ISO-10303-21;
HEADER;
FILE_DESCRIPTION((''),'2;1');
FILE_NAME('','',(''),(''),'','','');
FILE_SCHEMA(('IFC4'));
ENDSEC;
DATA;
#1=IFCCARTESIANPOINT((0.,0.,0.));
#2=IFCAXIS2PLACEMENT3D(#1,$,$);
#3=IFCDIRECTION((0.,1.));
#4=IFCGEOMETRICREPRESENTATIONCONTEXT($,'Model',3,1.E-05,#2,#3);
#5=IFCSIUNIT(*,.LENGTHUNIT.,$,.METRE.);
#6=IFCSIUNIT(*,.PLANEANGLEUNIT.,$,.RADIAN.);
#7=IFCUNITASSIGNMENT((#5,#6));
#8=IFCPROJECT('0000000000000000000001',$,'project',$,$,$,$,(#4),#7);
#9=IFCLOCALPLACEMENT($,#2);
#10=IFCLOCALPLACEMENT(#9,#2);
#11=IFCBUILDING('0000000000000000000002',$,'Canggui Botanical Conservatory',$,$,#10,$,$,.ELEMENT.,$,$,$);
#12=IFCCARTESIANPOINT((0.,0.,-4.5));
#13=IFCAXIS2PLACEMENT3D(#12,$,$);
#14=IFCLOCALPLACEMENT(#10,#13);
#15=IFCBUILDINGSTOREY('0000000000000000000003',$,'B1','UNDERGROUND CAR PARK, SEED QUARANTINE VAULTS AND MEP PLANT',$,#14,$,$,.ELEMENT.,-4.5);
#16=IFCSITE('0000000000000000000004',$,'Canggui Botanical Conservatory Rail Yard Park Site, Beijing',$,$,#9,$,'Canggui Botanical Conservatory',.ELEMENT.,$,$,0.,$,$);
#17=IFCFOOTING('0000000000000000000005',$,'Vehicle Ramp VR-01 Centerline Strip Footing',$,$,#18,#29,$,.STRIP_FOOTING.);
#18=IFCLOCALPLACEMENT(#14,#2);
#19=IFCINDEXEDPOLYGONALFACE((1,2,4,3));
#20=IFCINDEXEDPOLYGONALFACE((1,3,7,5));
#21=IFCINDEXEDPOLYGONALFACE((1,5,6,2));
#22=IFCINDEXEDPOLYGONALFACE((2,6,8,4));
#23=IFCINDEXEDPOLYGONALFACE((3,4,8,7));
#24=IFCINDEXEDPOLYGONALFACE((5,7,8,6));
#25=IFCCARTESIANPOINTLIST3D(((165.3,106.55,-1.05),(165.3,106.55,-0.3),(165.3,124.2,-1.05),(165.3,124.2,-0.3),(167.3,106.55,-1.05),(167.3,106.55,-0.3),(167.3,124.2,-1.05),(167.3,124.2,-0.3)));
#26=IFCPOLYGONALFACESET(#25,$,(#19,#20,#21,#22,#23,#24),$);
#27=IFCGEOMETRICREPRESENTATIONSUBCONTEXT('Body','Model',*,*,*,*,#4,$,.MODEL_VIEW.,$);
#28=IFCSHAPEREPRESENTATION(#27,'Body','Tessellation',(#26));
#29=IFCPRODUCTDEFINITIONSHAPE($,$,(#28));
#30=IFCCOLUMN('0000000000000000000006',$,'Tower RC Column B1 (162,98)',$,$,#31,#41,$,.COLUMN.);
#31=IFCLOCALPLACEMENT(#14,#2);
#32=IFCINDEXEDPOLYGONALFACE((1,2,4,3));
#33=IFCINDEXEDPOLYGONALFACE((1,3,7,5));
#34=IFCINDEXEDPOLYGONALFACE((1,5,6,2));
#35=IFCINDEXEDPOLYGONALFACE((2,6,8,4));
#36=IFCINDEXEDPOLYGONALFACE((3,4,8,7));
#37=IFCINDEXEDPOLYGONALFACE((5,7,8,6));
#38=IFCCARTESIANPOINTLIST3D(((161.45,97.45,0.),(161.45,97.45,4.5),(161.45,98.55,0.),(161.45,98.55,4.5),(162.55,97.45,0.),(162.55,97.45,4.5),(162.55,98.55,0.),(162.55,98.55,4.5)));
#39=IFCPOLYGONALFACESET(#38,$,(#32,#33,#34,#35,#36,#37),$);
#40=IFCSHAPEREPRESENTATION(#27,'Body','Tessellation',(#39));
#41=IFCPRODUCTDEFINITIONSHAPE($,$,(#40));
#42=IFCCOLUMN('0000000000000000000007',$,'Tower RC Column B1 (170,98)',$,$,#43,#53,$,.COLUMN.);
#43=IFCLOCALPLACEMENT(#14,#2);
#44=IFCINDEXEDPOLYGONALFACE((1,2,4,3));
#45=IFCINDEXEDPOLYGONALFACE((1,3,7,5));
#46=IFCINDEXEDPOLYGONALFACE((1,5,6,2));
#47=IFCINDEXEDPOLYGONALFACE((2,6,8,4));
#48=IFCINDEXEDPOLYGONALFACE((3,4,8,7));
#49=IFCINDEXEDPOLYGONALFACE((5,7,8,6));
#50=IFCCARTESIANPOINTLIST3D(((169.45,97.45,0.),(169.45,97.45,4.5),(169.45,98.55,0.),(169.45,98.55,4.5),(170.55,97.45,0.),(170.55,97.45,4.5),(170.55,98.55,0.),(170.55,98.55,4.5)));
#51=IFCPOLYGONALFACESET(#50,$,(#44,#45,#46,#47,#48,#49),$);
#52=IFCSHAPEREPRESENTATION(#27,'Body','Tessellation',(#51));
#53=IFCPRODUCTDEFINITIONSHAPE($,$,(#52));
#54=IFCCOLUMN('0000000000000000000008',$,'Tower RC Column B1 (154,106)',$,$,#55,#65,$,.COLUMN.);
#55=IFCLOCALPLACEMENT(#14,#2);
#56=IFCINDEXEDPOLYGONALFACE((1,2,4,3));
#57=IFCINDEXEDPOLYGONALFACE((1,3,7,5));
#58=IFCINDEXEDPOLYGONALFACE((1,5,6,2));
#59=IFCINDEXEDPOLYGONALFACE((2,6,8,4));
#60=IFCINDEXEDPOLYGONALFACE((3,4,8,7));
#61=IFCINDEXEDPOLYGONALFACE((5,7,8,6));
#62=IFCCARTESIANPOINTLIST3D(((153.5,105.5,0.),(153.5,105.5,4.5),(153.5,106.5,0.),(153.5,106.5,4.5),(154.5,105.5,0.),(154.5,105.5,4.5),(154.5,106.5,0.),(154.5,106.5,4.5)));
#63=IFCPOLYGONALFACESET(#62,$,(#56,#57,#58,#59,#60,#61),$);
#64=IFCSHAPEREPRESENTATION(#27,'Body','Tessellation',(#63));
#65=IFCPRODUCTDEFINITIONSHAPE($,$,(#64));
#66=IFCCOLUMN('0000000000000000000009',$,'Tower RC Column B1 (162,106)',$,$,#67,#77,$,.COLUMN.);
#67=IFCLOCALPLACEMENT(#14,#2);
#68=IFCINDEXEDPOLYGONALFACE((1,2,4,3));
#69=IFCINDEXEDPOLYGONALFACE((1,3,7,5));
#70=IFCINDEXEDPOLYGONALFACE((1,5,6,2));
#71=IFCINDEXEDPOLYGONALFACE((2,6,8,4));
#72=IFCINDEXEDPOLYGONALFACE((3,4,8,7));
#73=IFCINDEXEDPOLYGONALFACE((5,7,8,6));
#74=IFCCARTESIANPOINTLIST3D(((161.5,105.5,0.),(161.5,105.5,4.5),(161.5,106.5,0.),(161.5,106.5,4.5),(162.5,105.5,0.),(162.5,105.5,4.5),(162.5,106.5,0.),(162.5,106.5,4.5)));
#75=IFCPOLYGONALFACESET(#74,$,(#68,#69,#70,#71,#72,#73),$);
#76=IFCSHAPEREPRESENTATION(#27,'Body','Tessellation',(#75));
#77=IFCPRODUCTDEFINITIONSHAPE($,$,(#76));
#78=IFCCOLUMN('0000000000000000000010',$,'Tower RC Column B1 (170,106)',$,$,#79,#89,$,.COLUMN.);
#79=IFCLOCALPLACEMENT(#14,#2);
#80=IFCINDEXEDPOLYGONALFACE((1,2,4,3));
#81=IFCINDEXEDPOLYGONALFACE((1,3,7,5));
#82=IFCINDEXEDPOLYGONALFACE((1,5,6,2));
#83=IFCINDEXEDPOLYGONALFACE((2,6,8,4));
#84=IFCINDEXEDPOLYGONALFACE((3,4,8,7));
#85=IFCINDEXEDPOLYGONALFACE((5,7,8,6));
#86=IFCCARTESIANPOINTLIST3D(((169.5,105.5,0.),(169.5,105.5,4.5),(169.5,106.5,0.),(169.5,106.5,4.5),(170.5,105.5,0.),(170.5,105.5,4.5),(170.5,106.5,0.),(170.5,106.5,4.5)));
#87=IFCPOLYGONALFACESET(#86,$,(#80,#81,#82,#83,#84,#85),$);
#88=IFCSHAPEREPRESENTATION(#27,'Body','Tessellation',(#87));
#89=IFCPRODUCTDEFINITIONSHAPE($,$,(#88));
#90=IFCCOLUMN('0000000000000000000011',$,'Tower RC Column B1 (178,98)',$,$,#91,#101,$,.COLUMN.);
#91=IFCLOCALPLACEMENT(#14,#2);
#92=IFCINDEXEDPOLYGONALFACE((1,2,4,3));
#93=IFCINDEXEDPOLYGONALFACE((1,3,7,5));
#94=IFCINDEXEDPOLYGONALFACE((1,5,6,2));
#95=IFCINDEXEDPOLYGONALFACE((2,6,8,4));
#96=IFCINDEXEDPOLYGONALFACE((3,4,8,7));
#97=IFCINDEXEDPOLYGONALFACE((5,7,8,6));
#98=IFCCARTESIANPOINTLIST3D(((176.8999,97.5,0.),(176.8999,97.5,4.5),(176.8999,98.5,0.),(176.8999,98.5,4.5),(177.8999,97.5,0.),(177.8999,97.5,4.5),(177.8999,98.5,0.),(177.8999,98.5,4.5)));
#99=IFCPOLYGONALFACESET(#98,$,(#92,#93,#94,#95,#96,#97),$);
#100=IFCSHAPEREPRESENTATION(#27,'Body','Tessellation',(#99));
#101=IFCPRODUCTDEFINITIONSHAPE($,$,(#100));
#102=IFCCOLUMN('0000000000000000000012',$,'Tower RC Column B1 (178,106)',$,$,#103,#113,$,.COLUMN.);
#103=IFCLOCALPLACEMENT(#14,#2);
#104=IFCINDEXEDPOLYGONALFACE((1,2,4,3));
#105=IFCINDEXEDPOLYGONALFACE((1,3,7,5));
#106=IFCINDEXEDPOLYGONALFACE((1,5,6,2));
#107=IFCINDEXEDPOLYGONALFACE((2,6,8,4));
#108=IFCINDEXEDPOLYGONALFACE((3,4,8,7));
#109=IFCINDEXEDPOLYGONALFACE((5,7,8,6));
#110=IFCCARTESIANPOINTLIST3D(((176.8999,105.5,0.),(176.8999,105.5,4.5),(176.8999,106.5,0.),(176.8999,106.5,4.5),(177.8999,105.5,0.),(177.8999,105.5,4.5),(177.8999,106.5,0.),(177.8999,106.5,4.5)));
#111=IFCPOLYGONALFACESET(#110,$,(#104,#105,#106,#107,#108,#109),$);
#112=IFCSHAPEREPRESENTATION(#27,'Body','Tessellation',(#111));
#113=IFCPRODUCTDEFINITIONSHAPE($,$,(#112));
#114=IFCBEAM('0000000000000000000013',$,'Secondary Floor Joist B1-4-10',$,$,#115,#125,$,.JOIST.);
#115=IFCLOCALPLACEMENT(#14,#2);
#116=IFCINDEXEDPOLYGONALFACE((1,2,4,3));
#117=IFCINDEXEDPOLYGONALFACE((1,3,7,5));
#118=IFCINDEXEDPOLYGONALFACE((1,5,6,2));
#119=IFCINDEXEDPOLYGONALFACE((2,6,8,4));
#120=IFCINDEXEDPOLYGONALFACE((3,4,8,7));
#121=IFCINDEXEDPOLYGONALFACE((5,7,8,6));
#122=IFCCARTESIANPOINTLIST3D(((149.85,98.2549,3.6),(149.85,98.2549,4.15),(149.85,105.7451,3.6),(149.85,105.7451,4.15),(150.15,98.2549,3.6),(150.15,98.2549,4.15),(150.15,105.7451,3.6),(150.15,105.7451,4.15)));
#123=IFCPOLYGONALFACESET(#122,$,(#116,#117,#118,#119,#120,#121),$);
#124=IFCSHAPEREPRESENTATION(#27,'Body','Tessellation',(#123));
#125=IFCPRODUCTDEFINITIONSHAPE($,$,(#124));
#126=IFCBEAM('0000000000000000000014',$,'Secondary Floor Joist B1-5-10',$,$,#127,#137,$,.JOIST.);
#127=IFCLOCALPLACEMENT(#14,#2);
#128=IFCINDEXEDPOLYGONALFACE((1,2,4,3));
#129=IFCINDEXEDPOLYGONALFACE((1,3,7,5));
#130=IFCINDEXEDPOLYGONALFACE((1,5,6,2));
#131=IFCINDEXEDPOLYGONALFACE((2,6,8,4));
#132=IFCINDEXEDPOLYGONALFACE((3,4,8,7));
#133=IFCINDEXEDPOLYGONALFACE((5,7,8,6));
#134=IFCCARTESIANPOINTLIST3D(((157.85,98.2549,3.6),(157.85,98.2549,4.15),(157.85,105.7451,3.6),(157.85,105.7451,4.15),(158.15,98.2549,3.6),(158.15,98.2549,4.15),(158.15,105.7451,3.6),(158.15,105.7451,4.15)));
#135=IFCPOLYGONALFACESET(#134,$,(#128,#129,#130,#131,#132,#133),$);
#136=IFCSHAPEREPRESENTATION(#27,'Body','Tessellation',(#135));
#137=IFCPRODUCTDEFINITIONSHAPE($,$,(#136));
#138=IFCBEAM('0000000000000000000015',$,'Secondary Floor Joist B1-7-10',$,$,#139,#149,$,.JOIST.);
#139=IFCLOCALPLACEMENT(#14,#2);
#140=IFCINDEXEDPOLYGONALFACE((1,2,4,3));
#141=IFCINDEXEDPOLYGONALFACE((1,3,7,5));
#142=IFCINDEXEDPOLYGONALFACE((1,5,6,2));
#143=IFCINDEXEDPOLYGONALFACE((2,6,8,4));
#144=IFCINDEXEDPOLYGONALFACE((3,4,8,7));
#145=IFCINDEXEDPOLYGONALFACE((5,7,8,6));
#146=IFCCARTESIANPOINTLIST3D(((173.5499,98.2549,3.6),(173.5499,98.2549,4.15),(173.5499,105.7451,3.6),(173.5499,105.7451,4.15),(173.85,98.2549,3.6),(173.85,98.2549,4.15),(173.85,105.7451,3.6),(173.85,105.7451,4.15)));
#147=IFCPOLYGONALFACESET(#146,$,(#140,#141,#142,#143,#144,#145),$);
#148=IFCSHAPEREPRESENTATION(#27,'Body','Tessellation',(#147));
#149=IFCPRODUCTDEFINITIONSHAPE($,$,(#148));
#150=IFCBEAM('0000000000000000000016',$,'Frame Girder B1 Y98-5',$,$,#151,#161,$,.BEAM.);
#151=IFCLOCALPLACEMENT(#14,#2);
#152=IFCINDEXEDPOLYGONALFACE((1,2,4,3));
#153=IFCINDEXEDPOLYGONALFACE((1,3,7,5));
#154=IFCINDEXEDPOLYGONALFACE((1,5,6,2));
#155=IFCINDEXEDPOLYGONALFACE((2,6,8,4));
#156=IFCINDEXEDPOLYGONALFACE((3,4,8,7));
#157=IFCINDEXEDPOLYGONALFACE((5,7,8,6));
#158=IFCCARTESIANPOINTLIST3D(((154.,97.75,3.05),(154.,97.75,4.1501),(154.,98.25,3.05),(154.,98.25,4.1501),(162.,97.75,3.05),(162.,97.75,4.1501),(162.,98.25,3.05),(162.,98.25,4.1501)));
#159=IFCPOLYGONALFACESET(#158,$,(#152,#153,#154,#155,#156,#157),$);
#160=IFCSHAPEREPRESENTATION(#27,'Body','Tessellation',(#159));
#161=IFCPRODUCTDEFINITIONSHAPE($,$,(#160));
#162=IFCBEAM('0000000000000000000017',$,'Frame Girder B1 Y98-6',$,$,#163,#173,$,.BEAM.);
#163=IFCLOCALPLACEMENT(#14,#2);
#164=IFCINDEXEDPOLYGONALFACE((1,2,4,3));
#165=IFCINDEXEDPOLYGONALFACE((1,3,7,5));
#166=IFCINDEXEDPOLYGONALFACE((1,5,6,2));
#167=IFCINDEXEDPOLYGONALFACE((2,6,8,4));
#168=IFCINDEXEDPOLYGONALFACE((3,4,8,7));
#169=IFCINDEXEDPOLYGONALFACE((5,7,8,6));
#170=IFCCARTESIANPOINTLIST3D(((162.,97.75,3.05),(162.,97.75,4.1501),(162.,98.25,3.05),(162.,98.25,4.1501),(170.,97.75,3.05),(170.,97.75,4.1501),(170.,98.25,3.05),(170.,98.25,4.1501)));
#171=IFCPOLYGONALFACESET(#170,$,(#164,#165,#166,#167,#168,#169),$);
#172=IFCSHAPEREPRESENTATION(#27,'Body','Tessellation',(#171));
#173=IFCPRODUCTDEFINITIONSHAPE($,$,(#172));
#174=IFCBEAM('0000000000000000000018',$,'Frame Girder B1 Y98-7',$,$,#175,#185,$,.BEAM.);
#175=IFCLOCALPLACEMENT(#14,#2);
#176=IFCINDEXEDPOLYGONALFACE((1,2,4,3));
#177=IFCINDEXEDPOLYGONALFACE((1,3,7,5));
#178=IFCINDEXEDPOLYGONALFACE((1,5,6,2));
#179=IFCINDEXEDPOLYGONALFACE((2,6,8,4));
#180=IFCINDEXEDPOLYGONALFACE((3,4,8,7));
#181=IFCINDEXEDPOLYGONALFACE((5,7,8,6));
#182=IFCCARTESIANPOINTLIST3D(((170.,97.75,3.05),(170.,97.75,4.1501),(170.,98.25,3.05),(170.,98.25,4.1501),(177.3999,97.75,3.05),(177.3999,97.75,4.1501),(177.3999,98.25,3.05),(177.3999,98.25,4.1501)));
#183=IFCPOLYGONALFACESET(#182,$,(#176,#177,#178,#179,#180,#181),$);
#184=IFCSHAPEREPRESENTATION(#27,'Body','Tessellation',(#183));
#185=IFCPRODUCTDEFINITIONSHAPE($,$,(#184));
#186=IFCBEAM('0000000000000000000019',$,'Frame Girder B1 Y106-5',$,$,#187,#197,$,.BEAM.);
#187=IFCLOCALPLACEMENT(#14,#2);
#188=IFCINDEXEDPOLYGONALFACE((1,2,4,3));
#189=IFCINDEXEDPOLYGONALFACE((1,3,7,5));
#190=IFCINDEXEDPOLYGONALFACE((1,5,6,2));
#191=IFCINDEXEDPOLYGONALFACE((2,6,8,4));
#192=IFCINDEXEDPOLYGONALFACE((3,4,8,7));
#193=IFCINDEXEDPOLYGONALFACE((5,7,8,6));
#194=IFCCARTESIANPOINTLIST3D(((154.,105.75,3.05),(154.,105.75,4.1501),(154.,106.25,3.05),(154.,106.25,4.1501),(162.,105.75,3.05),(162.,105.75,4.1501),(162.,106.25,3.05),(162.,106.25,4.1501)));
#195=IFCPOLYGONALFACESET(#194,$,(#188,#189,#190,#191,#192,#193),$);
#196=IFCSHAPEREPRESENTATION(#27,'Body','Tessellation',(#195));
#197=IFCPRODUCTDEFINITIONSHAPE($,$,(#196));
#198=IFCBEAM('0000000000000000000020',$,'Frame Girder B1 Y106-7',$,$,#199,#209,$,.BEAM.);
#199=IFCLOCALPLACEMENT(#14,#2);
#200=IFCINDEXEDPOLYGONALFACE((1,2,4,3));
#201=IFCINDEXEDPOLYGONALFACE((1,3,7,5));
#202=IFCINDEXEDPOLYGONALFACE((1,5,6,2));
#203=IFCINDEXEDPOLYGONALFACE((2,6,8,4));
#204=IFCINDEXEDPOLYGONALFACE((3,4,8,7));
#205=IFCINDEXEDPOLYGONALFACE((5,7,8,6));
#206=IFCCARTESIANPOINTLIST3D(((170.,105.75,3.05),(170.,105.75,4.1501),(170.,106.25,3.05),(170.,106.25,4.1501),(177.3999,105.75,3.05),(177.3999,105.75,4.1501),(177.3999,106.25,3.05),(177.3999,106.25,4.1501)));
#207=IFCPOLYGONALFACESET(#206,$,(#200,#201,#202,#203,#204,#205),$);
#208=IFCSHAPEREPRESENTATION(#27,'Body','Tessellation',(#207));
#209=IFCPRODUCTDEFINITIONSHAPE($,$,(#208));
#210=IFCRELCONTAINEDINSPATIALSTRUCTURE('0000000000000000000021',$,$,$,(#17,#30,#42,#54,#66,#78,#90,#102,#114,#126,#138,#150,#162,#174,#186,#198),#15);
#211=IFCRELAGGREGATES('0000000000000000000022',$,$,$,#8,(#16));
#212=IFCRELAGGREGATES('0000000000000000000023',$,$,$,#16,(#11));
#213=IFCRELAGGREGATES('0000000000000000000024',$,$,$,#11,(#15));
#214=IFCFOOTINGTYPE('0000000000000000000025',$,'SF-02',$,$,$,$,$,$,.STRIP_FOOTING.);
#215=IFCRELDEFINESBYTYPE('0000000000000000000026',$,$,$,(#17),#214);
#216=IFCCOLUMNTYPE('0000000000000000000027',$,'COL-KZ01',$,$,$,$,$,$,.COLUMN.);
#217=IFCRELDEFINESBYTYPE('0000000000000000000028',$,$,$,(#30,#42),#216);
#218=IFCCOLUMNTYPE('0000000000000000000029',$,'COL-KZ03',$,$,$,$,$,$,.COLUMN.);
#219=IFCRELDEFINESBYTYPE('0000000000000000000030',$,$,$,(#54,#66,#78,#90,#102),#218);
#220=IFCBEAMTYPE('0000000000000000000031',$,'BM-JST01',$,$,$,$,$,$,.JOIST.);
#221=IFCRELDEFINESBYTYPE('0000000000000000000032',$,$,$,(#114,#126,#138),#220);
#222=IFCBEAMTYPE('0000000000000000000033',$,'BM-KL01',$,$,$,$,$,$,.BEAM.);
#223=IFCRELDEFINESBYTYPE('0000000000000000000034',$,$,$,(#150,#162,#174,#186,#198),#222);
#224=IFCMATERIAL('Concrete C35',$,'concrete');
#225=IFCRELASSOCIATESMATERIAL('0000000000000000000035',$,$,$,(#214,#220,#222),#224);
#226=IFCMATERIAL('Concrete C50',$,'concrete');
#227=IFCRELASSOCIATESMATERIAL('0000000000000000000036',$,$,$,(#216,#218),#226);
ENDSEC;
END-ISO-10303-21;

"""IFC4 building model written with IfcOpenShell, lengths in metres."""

from ifc_helpers import new_model, si_unit, direction, frame, origin, origin_2d, place, context, subcontext, project, spatial, rectangle, extrude, material, material_profile, profile_set, type_object, element, save


model = new_model("IFC4")

# Units and contexts
model_context = context("Model", 3, precision=1e-05, world=origin(), true_north=direction((0.0, 1.0)))
body_context = subcontext(model_context, "Body", "Model", "MODEL_VIEW")
ifc_project = project(units=[si_unit("LENGTHUNIT", "METRE"), si_unit("PLANEANGLEUNIT", "RADIAN")], contexts=[model_context])

# Site, building, storey
site_placement = place(None, origin())
site = spatial("IfcSite", under=ifc_project, at=site_placement, Name="Canggui Botanical Conservatory Rail Yard Park Site, Beijing", LongName="Canggui Botanical Conservatory", CompositionType="ELEMENT", RefElevation=0.0)
building_placement = place(site_placement, origin())
building = spatial("IfcBuilding", under=site, at=building_placement, Name="Canggui Botanical Conservatory", CompositionType="ELEMENT")
storey_placement = place(building_placement, frame((0.0, 0.0, -4.5)))
storey = spatial("IfcBuildingStorey", under=building, at=storey_placement, Name="B1", Description="UNDERGROUND CAR PARK, SEED QUARANTINE VAULTS AND MEP PLANT", CompositionType="ELEMENT", Elevation=-4.5)

# Footing
ifc_material_1 = material(Name="Concrete C35", Category="concrete")
footing_type = type_object("IfcFootingType", Name="SF-02", PredefinedType="STRIP_FOOTING", material=ifc_material_1)
footing_placement = place(storey_placement, frame((166.3, 115.375, -1.05), z_axis=(0.0, 0.0, 1.0), x_axis=(0.0, 1.0, 0.0)))
element("IfcFooting", 1, at=footing_placement, inside=storey, type_object=footing_type, Name="Vehicle Ramp VR-01 Centerline Strip Footing", PredefinedType="STRIP_FOOTING", context=body_context, shape_type="SweptSolid", body=[
    extrude(rectangle(XDim=17.6499, YDim=2.0, at=origin_2d()), origin(), (0.0, 0.0, 1.0), 0.75),
])

# Columns
ifc_material_2 = material(Name="Concrete C50", Category="concrete")
ifc_material_profile_1 = material_profile(ifc_material_2, rectangle(XDim=1.1001, YDim=1.1001, at=origin_2d()), Name="RC 1100x1100")
ifc_profile_set_1 = profile_set([ifc_material_profile_1], Name="Concrete C50")
column_type_1 = type_object("IfcColumnType", Name="COL-KZ01", PredefinedType="COLUMN", material=ifc_profile_set_1)
for number, where, z_axis, x_axis, name in (
    (2, (162.0, 98.0, 0.0), (0.0, 0.0, 1.0), (1.0, 0.0, 0.0), "Tower RC Column B1 (162,98)"),
    (3, (170.0, 98.0, 0.0), (0.0, 0.0, 1.0), (1.0, 0.0, 0.0), "Tower RC Column B1 (170,98)"),
):
    element("IfcColumn", number, at=place(storey_placement, frame(where, z_axis=z_axis, x_axis=x_axis)), inside=storey, type_object=column_type_1, Name=name, PredefinedType="COLUMN", context=body_context, shape_type="SweptSolid", body=[
        extrude(rectangle(XDim=1.1001, YDim=1.1001, at=origin_2d()), origin(), (0.0, 0.0, 1.0), 4.5),
    ])
ifc_material_profile_2 = material_profile(ifc_material_2, rectangle(XDim=1.0, YDim=1.0, at=origin_2d()), Name="RC 1000x1000")
ifc_profile_set_2 = profile_set([ifc_material_profile_2], Name="Concrete C50")
column_type_2 = type_object("IfcColumnType", Name="COL-KZ03", PredefinedType="COLUMN", material=ifc_profile_set_2)
for number, where, z_axis, x_axis, name in (
    (4, (154.0, 106.0, 0.0), (0.0, 0.0, 1.0), (1.0, 0.0, 0.0), "Tower RC Column B1 (154,106)"),
    (5, (162.0, 106.0, 0.0), (0.0, 0.0, 1.0), (1.0, 0.0, 0.0), "Tower RC Column B1 (162,106)"),
    (6, (170.0, 106.0, 0.0), (0.0, 0.0, 1.0), (1.0, 0.0, 0.0), "Tower RC Column B1 (170,106)"),
    (7, (177.3999, 98.0, 0.0), (0.0, 0.0, 1.0), (1.0, 0.0, 0.0), "Tower RC Column B1 (178,98)"),
    (8, (177.3999, 106.0, 0.0), (0.0, 0.0, 1.0), (1.0, 0.0, 0.0), "Tower RC Column B1 (178,106)"),
):
    element("IfcColumn", number, at=place(storey_placement, frame(where, z_axis=z_axis, x_axis=x_axis)), inside=storey, type_object=column_type_2, Name=name, PredefinedType="COLUMN", context=body_context, shape_type="SweptSolid", body=[
        extrude(rectangle(XDim=1.0, YDim=1.0, at=origin_2d()), origin(), (0.0, 0.0, 1.0), 4.5),
    ])

# Beams
ifc_material_profile_3 = material_profile(ifc_material_1, rectangle(XDim=0.3, YDim=0.55, at=origin_2d()), Name="RB 300x550")
ifc_profile_set_3 = profile_set([ifc_material_profile_3], Name="Concrete C35")
beam_type_1 = type_object("IfcBeamType", Name="BM-JST01", PredefinedType="JOIST", material=ifc_profile_set_3)
for number, where, z_axis, x_axis, name in (
    (9, (150.0, 98.2549, 3.875), (0.0, 1.0, 0.0), (-1.0, 0.0, 0.0), "Secondary Floor Joist B1-4-10"),
    (10, (158.0, 98.2549, 3.875), (0.0, 1.0, 0.0), (-1.0, 0.0, 0.0), "Secondary Floor Joist B1-5-10"),
    (11, (173.7, 98.2549, 3.875), (0.0, 1.0, 0.0), (-1.0, 0.0, 0.0), "Secondary Floor Joist B1-7-10"),
):
    element("IfcBeam", number, at=place(storey_placement, frame(where, z_axis=z_axis, x_axis=x_axis)), inside=storey, type_object=beam_type_1, Name=name, PredefinedType="JOIST", context=body_context, shape_type="SweptSolid", body=[
        extrude(rectangle(XDim=0.3, YDim=0.55, at=origin_2d()), origin(), (0.0, 0.0, 1.0), 7.4902),
    ])
ifc_material_profile_4 = material_profile(ifc_material_1, rectangle(XDim=0.5, YDim=1.1001, at=origin_2d()), Name="RB 500x1100")
ifc_profile_set_4 = profile_set([ifc_material_profile_4], Name="Concrete C35")
beam_type_2 = type_object("IfcBeamType", Name="BM-KL01", PredefinedType="BEAM", material=ifc_profile_set_4)
for number, where, z_axis, x_axis, name in (
    (12, (154.0, 98.0, 3.6001), (1.0, 0.0, 0.0), (0.0, 1.0, 0.0), "Frame Girder B1 Y98-5"),
    (13, (162.0, 98.0, 3.6001), (1.0, 0.0, 0.0), (0.0, 1.0, 0.0), "Frame Girder B1 Y98-6"),
):
    element("IfcBeam", number, at=place(storey_placement, frame(where, z_axis=z_axis, x_axis=x_axis)), inside=storey, type_object=beam_type_2, Name=name, PredefinedType="BEAM", context=body_context, shape_type="SweptSolid", body=[
        extrude(rectangle(XDim=0.5, YDim=1.1001, at=origin_2d()), origin(), (0.0, 0.0, 1.0), 8.0),
    ])
beam_1_placement = place(storey_placement, frame((170.0, 98.0, 3.6001), z_axis=(1.0, 0.0, 0.0), x_axis=(0.0, 1.0, 0.0)))
element("IfcBeam", 14, at=beam_1_placement, inside=storey, type_object=beam_type_2, Name="Frame Girder B1 Y98-7", PredefinedType="BEAM", context=body_context, shape_type="SweptSolid", body=[
    extrude(rectangle(XDim=0.5, YDim=1.1001, at=origin_2d()), origin(), (0.0, 0.0, 1.0), 7.3999),
])
beam_2_placement = place(storey_placement, frame((154.0, 106.0, 3.6001), z_axis=(1.0, 0.0, 0.0), x_axis=(0.0, 1.0, 0.0)))
element("IfcBeam", 15, at=beam_2_placement, inside=storey, type_object=beam_type_2, Name="Frame Girder B1 Y106-5", PredefinedType="BEAM", context=body_context, shape_type="SweptSolid", body=[
    extrude(rectangle(XDim=0.5, YDim=1.1001, at=origin_2d()), origin(), (0.0, 0.0, 1.0), 8.0),
])
beam_3_placement = place(storey_placement, frame((170.0, 106.0, 3.6001), z_axis=(1.0, 0.0, 0.0), x_axis=(0.0, 1.0, 0.0)))
element("IfcBeam", 16, at=beam_3_placement, inside=storey, type_object=beam_type_2, Name="Frame Girder B1 Y106-7", PredefinedType="BEAM", context=body_context, shape_type="SweptSolid", body=[
    extrude(rectangle(XDim=0.5, YDim=1.1001, at=origin_2d()), origin(), (0.0, 0.0, 1.0), 7.3999),
])

save(model, "model.ifc")
